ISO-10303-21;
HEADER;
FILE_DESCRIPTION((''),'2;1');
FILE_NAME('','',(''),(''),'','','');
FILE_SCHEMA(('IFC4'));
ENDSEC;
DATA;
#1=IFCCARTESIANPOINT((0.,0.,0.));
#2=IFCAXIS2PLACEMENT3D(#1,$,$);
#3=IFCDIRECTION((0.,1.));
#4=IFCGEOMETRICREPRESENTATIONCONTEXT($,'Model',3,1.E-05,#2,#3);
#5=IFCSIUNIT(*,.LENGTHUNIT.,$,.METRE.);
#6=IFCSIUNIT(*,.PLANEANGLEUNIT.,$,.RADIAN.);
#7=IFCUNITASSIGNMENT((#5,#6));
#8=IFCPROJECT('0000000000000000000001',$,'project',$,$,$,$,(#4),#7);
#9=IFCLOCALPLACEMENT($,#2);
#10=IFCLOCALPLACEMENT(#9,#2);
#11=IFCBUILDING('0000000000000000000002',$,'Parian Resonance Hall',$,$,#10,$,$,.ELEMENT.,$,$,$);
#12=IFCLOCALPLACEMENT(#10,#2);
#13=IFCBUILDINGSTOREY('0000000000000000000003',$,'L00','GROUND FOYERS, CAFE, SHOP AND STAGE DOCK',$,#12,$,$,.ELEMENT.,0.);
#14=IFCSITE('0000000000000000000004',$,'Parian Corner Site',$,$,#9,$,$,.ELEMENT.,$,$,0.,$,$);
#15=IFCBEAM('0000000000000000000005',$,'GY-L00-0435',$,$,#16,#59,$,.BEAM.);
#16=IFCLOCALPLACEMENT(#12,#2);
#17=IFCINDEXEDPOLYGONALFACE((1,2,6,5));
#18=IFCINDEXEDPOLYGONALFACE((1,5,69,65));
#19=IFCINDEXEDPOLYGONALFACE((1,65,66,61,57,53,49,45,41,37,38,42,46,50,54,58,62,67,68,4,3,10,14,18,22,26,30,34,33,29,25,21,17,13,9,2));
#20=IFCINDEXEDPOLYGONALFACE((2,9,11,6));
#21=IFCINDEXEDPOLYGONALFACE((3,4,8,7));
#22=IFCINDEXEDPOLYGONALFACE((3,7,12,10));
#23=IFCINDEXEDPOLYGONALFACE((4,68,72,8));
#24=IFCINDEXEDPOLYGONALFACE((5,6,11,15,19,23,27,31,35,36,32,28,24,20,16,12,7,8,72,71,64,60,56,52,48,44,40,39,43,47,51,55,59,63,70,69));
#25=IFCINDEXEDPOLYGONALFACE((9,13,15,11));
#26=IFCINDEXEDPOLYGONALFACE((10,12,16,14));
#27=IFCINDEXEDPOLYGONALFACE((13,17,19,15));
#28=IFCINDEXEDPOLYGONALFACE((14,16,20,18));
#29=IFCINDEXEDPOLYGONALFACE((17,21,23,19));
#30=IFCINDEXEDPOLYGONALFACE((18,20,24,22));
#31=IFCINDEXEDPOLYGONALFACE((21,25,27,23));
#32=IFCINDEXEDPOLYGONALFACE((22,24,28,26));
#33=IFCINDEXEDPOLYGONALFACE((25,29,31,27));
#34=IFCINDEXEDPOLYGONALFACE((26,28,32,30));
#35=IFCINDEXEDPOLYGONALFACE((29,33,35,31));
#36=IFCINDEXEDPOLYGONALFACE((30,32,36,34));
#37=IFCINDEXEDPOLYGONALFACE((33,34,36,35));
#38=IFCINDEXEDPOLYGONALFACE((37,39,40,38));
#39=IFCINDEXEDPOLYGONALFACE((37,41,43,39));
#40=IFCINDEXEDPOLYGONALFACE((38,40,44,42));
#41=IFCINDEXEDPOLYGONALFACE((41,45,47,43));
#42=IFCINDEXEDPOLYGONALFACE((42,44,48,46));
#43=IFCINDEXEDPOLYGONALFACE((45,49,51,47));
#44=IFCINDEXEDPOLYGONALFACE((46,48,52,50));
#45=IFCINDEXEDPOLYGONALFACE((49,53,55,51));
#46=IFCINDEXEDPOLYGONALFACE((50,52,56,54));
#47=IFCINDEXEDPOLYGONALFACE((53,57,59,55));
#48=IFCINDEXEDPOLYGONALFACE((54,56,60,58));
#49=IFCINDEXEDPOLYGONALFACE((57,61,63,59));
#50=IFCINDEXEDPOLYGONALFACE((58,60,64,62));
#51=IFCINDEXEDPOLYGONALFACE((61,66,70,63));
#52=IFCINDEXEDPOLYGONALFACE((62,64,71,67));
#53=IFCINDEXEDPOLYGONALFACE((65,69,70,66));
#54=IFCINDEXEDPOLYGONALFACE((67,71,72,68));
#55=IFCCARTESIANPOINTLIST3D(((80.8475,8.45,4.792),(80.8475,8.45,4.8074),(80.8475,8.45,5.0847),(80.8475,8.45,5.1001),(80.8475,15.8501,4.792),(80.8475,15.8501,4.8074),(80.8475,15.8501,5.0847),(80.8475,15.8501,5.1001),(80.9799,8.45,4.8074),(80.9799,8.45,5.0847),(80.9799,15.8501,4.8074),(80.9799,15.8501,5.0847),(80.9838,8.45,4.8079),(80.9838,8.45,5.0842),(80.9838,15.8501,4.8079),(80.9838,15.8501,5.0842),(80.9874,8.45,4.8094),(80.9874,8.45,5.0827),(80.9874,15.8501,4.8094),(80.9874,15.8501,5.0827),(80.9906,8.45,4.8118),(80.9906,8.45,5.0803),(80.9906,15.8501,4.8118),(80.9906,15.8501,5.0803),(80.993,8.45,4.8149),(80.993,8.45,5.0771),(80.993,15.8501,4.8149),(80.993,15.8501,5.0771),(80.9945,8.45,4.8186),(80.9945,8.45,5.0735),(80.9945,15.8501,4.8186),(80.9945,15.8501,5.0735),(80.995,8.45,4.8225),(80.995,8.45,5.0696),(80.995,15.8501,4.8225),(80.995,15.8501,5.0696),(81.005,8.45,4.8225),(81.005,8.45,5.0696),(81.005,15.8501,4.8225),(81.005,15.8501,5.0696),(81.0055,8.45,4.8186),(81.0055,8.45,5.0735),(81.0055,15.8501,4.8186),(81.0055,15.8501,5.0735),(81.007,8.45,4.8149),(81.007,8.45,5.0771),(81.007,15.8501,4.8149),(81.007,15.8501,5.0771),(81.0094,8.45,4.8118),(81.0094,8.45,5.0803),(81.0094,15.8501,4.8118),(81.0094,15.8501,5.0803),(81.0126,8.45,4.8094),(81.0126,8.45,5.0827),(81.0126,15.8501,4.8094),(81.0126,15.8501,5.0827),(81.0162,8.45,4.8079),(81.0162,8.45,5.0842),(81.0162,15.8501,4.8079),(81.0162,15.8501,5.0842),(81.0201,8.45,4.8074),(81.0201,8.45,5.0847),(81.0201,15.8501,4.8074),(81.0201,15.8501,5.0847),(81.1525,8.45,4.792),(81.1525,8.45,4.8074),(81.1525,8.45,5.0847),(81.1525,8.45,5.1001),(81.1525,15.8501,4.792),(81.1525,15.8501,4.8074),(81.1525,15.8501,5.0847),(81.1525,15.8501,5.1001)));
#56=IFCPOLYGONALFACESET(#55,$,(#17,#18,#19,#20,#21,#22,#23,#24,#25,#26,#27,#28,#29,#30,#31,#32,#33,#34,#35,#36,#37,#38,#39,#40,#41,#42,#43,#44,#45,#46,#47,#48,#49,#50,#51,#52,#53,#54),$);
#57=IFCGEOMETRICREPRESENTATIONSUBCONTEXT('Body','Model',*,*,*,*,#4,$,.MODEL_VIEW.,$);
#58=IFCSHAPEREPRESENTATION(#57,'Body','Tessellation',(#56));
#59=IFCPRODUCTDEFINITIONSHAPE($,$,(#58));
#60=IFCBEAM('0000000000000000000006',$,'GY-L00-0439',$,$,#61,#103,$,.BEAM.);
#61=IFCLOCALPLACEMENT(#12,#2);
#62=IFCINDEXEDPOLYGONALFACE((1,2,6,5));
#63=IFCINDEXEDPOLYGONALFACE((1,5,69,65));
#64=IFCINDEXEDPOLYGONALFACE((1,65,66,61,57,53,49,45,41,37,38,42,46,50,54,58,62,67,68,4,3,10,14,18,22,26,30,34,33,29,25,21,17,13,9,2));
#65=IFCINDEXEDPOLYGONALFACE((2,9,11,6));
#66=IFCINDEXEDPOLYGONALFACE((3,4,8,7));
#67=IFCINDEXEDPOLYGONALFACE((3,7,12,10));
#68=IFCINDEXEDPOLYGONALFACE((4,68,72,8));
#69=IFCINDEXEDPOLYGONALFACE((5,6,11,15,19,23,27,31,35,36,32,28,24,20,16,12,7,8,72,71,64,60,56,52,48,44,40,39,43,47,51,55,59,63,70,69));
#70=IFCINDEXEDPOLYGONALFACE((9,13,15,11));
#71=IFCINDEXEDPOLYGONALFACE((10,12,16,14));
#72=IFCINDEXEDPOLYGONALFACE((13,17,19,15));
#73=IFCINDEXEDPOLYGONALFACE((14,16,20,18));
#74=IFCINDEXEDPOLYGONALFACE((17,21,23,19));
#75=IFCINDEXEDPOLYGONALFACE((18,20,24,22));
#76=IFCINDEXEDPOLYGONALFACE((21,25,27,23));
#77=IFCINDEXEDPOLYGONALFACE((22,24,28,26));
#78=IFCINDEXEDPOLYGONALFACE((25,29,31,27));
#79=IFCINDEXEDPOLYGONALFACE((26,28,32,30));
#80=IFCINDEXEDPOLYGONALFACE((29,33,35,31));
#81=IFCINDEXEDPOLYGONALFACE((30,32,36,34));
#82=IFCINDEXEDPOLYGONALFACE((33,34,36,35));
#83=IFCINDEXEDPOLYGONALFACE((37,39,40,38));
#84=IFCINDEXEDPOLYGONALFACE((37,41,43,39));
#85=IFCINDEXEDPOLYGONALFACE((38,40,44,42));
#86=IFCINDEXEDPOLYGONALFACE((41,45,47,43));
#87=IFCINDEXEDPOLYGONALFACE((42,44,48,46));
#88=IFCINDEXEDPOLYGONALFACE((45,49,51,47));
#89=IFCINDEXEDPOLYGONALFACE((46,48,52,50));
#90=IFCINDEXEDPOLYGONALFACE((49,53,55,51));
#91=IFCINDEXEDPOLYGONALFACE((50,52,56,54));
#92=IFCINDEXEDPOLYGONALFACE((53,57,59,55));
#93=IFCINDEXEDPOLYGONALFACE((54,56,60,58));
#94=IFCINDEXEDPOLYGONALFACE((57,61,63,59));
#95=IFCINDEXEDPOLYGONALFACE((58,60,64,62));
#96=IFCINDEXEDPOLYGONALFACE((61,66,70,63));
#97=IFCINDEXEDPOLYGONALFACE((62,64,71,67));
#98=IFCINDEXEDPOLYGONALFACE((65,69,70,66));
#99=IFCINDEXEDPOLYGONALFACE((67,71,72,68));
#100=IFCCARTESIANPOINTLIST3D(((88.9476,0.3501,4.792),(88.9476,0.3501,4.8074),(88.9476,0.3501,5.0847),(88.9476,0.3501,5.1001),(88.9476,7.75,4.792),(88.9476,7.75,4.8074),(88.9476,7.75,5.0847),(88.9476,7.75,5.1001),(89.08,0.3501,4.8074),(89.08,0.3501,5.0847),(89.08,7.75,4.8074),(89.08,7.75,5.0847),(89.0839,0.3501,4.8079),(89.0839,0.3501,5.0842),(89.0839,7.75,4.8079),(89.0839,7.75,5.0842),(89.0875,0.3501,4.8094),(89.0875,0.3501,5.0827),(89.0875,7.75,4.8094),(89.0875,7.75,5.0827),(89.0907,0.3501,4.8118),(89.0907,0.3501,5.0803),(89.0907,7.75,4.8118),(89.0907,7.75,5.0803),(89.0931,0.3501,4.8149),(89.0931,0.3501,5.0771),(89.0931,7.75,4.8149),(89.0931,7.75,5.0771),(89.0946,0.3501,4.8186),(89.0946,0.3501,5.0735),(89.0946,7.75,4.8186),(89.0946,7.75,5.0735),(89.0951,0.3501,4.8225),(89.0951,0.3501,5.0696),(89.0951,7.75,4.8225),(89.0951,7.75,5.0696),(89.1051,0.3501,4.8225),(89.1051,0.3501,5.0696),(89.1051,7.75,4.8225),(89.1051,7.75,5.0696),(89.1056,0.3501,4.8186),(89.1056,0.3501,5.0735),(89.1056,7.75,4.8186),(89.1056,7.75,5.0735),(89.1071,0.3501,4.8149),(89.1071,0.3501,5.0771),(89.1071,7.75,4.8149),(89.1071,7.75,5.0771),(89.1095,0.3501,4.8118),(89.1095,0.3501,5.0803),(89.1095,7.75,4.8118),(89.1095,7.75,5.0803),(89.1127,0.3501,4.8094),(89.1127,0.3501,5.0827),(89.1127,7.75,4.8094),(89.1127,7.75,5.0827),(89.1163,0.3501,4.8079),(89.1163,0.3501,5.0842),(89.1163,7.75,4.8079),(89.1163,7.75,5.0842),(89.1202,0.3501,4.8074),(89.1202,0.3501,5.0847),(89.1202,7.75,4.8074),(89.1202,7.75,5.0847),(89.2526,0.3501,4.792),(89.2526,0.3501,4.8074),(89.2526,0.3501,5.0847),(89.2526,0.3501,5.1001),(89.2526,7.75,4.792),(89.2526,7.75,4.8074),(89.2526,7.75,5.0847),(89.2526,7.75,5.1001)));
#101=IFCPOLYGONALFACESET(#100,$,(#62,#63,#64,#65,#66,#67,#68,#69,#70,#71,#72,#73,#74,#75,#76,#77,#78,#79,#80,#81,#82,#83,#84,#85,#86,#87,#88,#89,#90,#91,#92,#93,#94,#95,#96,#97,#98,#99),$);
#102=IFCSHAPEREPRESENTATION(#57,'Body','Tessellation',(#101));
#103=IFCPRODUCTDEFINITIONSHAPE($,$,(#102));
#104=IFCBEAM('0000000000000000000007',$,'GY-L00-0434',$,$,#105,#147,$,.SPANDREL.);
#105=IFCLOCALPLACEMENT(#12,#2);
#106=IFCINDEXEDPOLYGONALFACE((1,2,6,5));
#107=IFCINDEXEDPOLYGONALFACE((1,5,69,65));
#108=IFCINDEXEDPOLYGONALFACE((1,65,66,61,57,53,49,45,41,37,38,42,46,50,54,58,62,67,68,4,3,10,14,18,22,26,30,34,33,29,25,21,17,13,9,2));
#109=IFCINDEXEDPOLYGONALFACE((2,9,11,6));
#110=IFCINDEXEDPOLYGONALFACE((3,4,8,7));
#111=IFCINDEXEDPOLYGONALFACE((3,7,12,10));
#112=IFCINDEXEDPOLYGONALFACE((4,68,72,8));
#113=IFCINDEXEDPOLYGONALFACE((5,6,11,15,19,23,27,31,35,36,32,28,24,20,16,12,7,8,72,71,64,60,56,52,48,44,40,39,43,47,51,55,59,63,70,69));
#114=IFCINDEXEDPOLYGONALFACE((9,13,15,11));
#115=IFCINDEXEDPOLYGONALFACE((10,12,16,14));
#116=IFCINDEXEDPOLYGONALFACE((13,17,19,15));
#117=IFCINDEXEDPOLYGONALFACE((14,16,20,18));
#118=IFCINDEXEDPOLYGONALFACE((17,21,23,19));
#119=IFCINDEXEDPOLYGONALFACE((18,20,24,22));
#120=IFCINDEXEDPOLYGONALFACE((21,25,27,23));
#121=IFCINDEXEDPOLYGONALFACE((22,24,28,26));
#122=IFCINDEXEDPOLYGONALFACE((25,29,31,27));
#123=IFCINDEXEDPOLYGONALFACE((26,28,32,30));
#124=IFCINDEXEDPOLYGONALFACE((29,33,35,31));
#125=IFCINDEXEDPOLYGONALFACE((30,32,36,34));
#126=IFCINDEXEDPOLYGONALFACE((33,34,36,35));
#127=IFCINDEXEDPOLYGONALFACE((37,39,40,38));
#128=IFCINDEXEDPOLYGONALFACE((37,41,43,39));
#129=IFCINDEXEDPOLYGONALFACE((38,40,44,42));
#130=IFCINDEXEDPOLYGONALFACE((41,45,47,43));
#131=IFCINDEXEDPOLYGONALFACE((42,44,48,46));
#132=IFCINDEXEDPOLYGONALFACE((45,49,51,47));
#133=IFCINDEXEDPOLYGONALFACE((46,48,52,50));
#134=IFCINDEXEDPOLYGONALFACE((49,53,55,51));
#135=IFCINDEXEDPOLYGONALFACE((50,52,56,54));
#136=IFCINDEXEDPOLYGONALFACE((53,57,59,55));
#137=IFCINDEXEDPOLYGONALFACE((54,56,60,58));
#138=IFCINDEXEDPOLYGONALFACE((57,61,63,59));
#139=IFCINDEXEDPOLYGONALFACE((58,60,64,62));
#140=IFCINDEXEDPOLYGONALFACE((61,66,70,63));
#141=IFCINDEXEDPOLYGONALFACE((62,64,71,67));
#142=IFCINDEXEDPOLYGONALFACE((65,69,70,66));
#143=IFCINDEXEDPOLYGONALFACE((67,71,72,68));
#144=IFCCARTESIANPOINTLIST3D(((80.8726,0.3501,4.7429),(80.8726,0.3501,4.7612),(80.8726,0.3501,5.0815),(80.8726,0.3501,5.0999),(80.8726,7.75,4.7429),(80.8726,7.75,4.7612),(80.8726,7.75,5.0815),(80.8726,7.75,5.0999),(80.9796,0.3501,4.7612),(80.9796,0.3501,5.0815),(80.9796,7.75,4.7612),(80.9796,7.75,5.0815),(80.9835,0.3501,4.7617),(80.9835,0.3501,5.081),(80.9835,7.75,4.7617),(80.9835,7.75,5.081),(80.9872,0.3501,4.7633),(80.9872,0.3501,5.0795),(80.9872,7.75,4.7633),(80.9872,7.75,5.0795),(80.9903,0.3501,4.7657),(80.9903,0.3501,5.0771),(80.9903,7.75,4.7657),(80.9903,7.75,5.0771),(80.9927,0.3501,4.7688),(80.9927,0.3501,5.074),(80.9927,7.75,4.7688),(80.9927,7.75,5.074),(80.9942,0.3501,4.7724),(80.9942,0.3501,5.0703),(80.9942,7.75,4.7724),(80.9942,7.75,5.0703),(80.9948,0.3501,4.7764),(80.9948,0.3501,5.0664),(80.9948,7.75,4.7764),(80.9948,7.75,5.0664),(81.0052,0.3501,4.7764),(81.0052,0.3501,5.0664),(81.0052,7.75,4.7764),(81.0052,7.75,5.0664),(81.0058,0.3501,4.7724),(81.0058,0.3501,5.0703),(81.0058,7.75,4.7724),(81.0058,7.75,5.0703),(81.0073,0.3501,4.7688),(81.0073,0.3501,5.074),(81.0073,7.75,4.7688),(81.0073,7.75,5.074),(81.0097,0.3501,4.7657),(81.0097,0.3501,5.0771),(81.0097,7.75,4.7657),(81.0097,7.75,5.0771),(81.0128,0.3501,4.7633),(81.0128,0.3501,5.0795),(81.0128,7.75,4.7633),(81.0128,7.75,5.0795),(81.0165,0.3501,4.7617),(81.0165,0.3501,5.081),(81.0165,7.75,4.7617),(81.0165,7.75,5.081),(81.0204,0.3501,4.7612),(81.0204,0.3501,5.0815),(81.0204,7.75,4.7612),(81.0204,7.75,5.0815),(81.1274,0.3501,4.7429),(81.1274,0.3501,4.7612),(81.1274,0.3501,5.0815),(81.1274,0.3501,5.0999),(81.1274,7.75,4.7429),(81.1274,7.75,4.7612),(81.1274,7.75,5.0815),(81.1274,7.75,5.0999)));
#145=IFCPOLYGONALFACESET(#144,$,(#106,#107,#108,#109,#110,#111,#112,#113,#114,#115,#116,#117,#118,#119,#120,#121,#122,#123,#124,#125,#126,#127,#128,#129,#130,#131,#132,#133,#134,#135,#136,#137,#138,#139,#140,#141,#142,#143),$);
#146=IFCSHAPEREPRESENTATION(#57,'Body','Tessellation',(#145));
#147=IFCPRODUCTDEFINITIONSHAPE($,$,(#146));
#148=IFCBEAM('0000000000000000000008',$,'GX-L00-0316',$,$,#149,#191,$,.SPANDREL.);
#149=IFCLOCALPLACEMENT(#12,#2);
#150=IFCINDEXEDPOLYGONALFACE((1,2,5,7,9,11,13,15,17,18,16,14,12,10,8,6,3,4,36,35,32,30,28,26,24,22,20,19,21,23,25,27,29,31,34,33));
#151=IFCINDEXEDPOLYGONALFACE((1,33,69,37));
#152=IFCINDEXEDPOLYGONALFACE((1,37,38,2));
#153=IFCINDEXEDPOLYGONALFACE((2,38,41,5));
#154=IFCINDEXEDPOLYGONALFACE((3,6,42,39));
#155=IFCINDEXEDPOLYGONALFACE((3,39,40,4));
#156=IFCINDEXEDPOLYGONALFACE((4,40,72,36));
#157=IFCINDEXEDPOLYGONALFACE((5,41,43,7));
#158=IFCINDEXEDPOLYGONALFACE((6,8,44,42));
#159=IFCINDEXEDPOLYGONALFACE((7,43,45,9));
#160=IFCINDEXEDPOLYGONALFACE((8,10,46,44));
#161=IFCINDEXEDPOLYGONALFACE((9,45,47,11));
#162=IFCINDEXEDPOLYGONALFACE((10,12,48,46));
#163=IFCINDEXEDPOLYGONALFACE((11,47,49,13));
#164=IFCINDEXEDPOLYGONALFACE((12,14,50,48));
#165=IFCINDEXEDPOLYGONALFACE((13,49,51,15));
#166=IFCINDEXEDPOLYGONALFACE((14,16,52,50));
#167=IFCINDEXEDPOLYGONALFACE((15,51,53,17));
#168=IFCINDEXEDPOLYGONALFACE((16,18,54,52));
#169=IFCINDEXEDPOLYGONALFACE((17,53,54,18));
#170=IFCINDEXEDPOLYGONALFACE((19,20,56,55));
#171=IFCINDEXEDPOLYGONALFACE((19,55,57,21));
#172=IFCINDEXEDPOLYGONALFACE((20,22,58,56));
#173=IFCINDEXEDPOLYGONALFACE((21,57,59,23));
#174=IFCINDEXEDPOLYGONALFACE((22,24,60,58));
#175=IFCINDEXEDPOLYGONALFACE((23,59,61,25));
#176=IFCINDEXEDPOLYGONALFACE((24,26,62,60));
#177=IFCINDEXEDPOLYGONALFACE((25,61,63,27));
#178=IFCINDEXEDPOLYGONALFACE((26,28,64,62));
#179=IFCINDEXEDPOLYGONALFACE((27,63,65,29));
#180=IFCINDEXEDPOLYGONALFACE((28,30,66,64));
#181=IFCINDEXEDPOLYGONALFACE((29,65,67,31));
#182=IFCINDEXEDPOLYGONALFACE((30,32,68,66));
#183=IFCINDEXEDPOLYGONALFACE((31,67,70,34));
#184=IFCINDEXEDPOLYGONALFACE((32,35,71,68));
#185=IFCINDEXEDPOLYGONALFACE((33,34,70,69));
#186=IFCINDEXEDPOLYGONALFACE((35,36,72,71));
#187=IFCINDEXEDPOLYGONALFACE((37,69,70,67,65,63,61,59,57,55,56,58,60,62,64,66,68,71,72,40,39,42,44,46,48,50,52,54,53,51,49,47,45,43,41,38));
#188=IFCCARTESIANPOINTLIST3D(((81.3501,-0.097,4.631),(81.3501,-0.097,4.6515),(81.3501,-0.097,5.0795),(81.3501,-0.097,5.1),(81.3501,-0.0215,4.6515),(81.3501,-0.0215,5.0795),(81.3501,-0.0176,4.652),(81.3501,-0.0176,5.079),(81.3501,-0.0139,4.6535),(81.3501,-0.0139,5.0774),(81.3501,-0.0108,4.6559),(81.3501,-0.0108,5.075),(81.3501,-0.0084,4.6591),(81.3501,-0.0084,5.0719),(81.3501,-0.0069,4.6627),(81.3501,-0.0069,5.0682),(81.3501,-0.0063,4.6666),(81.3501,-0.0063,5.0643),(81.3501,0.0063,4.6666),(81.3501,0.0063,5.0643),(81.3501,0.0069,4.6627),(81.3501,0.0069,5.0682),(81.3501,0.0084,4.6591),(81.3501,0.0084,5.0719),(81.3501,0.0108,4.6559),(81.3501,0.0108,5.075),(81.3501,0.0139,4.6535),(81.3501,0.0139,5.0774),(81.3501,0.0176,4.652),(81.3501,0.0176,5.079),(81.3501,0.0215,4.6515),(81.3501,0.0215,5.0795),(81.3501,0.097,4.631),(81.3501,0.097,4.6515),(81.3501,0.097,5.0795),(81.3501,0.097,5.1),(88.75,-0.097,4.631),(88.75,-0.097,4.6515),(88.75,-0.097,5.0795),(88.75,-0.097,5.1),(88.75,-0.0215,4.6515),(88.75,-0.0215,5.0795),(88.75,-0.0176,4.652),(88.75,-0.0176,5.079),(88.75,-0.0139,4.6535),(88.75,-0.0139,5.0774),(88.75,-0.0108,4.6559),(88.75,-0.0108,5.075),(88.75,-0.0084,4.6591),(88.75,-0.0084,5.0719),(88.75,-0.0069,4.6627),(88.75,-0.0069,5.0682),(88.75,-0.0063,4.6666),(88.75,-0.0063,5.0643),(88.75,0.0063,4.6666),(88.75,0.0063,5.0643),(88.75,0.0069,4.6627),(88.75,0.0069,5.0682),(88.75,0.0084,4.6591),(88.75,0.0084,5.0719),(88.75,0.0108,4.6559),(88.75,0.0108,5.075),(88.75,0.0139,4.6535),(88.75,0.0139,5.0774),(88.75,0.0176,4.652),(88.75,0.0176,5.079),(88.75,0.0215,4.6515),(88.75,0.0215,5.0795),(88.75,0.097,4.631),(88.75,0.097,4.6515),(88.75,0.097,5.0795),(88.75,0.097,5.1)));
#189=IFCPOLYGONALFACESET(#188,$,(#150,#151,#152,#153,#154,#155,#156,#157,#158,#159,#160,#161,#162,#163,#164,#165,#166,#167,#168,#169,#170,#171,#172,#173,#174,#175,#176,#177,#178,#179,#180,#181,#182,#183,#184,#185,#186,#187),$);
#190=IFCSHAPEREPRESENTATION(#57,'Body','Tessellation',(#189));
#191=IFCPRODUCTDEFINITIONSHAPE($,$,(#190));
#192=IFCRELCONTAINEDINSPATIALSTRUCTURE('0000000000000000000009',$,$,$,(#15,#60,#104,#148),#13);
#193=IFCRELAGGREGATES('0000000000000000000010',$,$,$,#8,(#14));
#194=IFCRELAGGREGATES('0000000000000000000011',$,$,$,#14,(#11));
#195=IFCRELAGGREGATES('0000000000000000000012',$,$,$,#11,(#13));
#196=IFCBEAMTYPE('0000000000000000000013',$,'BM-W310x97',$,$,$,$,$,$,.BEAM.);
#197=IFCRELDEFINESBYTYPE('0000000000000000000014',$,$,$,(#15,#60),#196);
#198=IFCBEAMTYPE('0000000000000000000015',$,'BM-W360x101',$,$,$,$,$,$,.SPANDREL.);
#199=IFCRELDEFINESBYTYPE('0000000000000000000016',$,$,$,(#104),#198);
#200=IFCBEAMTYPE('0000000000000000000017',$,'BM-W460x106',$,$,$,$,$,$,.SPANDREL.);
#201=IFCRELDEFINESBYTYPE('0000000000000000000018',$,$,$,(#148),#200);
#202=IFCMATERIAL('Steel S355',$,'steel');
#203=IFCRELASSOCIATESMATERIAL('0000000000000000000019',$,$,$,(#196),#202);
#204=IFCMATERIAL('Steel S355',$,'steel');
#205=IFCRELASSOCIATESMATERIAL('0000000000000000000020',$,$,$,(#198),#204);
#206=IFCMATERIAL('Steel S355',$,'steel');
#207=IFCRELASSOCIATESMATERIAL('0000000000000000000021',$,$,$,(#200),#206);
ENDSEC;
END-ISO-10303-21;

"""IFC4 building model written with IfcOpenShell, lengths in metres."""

from ifc_helpers import new_model, si_unit, direction, frame, origin, origin_2d, place, context, subcontext, project, spatial, i_section, extrude, material, material_profile, profile_set, type_object, element, save


model = new_model("IFC4")

# Units and contexts
model_context = context("Model", 3, precision=1e-05, world=origin(), true_north=direction((0.0, 1.0)))
body_context = subcontext(model_context, "Body", "Model", "MODEL_VIEW")
ifc_project = project(units=[si_unit("LENGTHUNIT", "METRE"), si_unit("PLANEANGLEUNIT", "RADIAN")], contexts=[model_context])

# Site, building, storey
site_placement = place(None, origin())
site = spatial("IfcSite", under=ifc_project, at=site_placement, Name="Parian Corner Site", CompositionType="ELEMENT", RefElevation=0.0)
building_placement = place(site_placement, origin())
building = spatial("IfcBuilding", under=site, at=building_placement, Name="Parian Resonance Hall", CompositionType="ELEMENT")
storey_placement = place(building_placement, origin())
storey = spatial("IfcBuildingStorey", under=building, at=storey_placement, Name="L00", Description="GROUND FOYERS, CAFE, SHOP AND STAGE DOCK", CompositionType="ELEMENT", Elevation=0.0)

# Beams
ifc_material_1 = material(Name="Steel S355", Category="steel")
ifc_material_profile_1 = material_profile(ifc_material_1, i_section(OverallWidth=0.3049, OverallDepth=0.3081, WebThickness=0.01, FlangeThickness=0.0154, FilletRadius=0.0151, at=origin_2d()), Name="W310x97")
ifc_profile_set_1 = profile_set([ifc_material_profile_1], Name="Steel S355")
beam_type_1 = type_object("IfcBeamType", Name="BM-W310x97", PredefinedType="BEAM", material=ifc_profile_set_1)
beam_1_placement = place(storey_placement, frame((81.0, 8.45, 4.946), z_axis=(0.0, 1.0, 0.0), x_axis=(-1.0, 0.0, 0.0)))
element("IfcBeam", 1, at=beam_1_placement, inside=storey, type_object=beam_type_1, Name="GY-L00-0435", PredefinedType="BEAM", context=body_context, shape_type="SweptSolid", body=[
    extrude(i_section(OverallWidth=0.3049, OverallDepth=0.3081, WebThickness=0.01, FlangeThickness=0.0154, FilletRadius=0.0151, at=origin_2d()), origin(), (0.0, 0.0, 1.0), 7.4001),
])
beam_2_placement = place(storey_placement, frame((89.1001, 0.3501, 4.946), z_axis=(0.0, 1.0, 0.0), x_axis=(-1.0, 0.0, 0.0)))
element("IfcBeam", 2, at=beam_2_placement, inside=storey, type_object=beam_type_1, Name="GY-L00-0439", PredefinedType="BEAM", context=body_context, shape_type="SweptSolid", body=[
    extrude(i_section(OverallWidth=0.3049, OverallDepth=0.3081, WebThickness=0.01, FlangeThickness=0.0154, FilletRadius=0.0151, at=origin_2d()), origin(), (0.0, 0.0, 1.0), 7.3999),
])
ifc_material_2 = material(Name="Steel S355", Category="steel")
ifc_material_profile_2 = material_profile(ifc_material_2, i_section(OverallWidth=0.2549, OverallDepth=0.3569, WebThickness=0.0105, FlangeThickness=0.0183, FilletRadius=0.0151, at=origin_2d()), Name="W360x101")
ifc_profile_set_2 = profile_set([ifc_material_profile_2], Name="Steel S355")
beam_type_2 = type_object("IfcBeamType", Name="BM-W360x101", PredefinedType="SPANDREL", material=ifc_profile_set_2)
beam_3_placement = place(storey_placement, frame((81.0, 0.3501, 4.9214), z_axis=(0.0, 1.0, 0.0), x_axis=(-1.0, 0.0, 0.0)))
element("IfcBeam", 3, at=beam_3_placement, inside=storey, type_object=beam_type_2, Name="GY-L00-0434", PredefinedType="SPANDREL", context=body_context, shape_type="SweptSolid", body=[
    extrude(i_section(OverallWidth=0.2549, OverallDepth=0.3569, WebThickness=0.0105, FlangeThickness=0.0183, FilletRadius=0.0151, at=origin_2d()), origin(), (0.0, 0.0, 1.0), 7.3999),
])
ifc_material_3 = material(Name="Steel S355", Category="steel")
ifc_material_profile_3 = material_profile(ifc_material_3, i_section(OverallWidth=0.1941, OverallDepth=0.469, WebThickness=0.0127, FlangeThickness=0.0205, FilletRadius=0.0151, at=origin_2d()), Name="W460x106")
ifc_profile_set_3 = profile_set([ifc_material_profile_3], Name="Steel S355")
beam_type_3 = type_object("IfcBeamType", Name="BM-W460x106", PredefinedType="SPANDREL", material=ifc_profile_set_3)
beam_4_placement = place(storey_placement, frame((81.3501, 0.0, 4.8655), z_axis=(1.0, 0.0, 0.0), x_axis=(0.0, 1.0, 0.0)))
element("IfcBeam", 4, at=beam_4_placement, inside=storey, type_object=beam_type_3, Name="GX-L00-0316", PredefinedType="SPANDREL", context=body_context, shape_type="SweptSolid", body=[
    extrude(i_section(OverallWidth=0.1941, OverallDepth=0.469, WebThickness=0.0127, FlangeThickness=0.0205, FilletRadius=0.0151, at=origin_2d()), origin(), (0.0, 0.0, 1.0), 7.3999),
])

save(model, "model.ifc")
